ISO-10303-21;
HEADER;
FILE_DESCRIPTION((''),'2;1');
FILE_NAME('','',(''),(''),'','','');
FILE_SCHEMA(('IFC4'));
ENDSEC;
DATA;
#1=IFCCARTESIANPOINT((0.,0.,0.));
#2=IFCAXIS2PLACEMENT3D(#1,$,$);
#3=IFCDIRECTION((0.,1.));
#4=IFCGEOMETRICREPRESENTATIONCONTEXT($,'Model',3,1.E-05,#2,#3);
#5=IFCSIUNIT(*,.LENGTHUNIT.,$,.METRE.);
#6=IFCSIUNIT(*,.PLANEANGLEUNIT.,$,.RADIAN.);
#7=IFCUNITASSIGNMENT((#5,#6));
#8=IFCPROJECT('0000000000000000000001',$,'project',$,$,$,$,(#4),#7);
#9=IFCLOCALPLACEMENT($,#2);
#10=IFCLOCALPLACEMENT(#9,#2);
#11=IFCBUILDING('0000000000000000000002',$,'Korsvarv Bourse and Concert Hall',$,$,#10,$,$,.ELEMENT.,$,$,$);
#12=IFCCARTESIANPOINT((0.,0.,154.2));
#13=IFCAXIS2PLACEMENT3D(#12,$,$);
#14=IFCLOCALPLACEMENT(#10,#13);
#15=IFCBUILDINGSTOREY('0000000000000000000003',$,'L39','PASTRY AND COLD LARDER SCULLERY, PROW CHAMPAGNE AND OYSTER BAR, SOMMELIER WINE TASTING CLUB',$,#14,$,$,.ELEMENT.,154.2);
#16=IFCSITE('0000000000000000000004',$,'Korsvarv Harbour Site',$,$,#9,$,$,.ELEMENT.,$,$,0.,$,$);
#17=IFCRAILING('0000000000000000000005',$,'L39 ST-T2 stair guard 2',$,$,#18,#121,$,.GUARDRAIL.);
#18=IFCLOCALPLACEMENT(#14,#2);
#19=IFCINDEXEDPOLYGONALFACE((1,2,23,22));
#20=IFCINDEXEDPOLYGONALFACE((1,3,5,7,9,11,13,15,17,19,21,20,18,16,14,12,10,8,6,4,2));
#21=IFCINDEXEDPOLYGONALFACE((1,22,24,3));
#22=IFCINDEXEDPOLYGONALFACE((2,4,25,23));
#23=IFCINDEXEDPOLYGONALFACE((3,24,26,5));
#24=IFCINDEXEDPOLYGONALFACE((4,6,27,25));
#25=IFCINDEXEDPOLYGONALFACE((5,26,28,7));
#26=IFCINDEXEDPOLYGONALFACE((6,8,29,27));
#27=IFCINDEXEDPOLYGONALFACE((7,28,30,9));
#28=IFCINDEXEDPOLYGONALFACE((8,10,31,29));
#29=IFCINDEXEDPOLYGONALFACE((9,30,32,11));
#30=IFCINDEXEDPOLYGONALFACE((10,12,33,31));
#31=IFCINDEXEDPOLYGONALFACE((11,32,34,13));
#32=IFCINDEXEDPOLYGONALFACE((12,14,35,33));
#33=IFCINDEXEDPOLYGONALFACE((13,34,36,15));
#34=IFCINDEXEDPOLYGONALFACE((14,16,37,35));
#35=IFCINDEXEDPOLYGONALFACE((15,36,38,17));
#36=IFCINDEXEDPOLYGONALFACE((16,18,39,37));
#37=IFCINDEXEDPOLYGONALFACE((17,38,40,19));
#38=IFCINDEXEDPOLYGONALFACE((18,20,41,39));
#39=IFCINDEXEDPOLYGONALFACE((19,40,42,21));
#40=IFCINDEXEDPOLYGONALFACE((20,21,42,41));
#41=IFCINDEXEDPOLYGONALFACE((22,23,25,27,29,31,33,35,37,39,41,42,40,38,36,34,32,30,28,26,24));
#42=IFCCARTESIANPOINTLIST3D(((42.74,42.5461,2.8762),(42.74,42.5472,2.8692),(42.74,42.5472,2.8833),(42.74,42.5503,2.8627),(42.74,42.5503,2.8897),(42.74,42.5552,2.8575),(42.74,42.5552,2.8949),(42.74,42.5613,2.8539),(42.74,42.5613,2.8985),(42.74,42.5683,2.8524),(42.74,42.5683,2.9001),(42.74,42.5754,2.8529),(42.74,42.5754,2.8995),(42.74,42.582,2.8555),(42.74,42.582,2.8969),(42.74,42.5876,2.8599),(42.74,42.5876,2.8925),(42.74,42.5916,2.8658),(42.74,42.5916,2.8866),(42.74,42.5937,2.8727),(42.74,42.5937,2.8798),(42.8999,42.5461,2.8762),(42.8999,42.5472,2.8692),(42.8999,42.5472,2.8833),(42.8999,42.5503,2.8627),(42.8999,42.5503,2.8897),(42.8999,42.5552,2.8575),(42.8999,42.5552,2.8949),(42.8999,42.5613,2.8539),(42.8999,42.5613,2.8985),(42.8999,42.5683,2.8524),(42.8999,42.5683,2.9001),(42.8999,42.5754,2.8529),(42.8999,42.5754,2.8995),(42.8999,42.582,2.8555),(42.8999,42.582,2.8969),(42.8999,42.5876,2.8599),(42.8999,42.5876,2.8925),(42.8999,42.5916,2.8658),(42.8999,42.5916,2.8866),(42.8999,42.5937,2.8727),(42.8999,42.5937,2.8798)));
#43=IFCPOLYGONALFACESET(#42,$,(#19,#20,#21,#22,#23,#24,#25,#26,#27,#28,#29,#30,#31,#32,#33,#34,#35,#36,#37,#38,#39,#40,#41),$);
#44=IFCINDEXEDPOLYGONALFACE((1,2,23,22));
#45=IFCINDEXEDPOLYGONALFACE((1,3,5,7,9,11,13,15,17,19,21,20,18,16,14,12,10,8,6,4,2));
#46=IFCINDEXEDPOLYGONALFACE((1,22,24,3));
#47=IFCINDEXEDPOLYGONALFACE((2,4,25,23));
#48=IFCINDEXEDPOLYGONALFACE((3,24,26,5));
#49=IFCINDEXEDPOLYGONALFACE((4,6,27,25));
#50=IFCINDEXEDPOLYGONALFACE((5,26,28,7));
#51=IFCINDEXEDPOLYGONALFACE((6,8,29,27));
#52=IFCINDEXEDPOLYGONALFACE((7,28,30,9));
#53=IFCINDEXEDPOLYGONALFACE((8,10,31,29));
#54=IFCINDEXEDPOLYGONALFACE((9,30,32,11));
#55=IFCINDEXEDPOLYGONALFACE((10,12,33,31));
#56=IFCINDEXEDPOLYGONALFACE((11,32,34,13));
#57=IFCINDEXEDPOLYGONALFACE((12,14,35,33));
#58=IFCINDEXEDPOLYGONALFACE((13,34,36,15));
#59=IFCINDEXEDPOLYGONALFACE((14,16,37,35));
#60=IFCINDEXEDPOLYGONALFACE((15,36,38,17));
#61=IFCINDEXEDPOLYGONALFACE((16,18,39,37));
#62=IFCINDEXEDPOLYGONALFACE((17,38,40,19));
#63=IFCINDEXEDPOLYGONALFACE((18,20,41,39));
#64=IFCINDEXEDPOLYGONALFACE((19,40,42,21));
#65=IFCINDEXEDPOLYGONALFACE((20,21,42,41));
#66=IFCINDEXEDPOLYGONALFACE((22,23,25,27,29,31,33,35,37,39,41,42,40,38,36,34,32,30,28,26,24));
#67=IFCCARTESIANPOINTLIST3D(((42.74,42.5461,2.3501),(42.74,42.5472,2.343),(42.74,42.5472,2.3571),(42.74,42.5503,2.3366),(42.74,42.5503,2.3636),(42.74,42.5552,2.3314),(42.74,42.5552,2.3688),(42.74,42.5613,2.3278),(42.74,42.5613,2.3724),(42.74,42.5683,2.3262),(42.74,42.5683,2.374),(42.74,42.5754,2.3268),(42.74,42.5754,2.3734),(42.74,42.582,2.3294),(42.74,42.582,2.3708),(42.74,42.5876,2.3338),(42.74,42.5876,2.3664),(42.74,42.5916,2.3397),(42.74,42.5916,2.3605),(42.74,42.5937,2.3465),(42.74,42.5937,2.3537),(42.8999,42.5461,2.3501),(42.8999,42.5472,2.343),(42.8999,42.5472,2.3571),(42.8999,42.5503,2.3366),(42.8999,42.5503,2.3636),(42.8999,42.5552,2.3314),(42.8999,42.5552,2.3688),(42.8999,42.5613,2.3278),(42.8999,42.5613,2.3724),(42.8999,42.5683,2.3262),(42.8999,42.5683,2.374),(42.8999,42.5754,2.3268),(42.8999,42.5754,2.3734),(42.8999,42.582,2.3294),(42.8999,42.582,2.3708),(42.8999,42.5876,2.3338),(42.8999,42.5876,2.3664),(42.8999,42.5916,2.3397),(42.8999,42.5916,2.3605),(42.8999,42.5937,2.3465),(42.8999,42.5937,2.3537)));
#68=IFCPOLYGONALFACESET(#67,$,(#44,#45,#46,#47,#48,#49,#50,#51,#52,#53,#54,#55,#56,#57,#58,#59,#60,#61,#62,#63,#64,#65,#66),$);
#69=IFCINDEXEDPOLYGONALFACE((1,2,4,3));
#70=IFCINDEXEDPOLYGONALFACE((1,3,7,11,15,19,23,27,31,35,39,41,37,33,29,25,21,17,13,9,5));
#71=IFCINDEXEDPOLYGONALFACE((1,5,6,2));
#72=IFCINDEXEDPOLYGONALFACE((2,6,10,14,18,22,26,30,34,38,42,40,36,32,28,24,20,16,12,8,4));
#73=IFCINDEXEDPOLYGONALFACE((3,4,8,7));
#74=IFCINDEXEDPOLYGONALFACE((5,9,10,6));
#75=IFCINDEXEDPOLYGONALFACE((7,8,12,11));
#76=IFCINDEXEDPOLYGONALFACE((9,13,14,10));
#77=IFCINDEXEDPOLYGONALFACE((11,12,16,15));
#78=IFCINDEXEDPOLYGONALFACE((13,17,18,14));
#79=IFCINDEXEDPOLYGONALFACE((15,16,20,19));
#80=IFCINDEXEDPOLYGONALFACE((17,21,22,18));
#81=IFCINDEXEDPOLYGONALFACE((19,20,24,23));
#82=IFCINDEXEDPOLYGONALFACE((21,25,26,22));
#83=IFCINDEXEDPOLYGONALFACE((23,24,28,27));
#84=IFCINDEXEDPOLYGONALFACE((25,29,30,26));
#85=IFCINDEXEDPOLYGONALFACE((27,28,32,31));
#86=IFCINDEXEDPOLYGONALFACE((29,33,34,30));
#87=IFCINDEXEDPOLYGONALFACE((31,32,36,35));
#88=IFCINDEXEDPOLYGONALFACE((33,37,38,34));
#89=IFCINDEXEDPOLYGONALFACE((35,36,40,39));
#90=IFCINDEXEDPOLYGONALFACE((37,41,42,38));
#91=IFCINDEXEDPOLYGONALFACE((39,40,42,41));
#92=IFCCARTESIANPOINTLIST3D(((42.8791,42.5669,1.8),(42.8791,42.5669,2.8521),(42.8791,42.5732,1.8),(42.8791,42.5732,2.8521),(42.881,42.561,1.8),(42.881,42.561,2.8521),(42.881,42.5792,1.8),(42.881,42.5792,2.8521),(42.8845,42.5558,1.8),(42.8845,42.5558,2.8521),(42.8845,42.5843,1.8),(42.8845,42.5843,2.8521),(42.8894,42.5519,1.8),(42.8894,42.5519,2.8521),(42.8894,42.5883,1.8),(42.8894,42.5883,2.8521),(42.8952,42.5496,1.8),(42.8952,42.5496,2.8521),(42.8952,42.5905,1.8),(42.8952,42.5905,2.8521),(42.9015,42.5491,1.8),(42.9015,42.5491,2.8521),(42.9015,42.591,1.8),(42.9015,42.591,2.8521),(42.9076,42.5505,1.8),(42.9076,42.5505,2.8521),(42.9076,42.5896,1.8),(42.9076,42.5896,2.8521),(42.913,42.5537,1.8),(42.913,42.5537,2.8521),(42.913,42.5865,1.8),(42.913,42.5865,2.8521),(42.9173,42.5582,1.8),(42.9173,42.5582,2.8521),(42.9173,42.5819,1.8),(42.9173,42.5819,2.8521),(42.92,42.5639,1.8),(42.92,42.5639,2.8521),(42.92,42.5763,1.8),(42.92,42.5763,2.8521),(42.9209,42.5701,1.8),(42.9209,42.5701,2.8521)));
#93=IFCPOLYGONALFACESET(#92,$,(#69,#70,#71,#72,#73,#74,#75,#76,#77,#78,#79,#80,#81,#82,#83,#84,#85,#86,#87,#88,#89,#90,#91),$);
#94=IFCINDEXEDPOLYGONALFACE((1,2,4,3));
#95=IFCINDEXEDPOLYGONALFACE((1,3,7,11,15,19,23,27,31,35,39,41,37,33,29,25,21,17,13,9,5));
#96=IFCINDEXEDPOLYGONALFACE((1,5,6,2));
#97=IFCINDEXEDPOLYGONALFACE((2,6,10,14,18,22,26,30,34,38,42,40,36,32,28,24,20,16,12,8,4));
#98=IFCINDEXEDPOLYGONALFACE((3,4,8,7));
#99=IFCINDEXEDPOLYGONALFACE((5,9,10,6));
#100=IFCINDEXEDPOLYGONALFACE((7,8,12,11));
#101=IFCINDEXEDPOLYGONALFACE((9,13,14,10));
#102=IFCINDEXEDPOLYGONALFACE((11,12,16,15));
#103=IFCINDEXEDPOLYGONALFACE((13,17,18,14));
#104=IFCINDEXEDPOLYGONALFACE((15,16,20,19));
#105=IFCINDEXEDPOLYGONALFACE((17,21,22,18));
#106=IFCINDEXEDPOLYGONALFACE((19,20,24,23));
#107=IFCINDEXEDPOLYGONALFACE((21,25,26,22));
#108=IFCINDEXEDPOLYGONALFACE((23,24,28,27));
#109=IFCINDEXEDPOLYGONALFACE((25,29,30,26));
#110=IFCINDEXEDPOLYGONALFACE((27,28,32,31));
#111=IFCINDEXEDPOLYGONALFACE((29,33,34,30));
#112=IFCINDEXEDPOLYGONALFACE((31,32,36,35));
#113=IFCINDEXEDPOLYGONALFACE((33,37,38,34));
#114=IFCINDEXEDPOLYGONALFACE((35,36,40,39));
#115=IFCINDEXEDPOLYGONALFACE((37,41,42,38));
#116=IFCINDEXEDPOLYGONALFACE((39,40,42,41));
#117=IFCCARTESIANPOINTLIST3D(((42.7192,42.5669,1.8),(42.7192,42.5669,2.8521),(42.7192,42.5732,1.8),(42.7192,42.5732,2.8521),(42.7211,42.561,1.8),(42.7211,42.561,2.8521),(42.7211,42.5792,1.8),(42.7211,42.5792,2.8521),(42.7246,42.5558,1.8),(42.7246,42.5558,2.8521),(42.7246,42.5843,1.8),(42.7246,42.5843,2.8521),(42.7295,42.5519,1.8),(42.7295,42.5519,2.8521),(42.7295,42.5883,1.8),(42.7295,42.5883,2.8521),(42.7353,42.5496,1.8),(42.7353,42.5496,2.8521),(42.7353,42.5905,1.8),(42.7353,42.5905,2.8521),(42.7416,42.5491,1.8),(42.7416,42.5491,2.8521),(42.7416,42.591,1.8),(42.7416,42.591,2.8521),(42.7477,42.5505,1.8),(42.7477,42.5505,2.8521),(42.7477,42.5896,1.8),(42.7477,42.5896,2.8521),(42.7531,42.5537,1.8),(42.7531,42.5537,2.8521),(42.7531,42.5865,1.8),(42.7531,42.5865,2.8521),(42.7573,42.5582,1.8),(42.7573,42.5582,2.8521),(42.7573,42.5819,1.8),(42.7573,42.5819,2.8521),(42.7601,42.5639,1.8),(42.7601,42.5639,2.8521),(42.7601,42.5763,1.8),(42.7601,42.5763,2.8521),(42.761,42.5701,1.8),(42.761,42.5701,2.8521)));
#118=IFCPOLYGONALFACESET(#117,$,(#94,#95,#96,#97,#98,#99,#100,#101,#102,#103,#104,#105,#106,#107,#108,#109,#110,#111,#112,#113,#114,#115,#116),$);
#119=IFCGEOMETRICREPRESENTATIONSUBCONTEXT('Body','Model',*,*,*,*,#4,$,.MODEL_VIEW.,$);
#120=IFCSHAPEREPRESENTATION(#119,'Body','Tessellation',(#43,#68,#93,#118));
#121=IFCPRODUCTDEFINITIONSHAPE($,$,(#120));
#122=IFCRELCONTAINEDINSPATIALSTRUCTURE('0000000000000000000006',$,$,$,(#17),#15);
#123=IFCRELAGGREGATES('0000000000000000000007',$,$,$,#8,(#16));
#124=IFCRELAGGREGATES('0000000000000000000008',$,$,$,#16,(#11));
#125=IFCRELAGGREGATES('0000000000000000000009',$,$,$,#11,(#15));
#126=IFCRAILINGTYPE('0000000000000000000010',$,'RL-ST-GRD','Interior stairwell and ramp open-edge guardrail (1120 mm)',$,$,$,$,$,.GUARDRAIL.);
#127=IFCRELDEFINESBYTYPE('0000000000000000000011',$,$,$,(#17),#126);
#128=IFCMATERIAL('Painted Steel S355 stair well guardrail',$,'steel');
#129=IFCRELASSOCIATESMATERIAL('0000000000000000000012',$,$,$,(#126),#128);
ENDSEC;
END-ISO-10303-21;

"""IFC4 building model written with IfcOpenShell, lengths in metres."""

from ifc_helpers import new_model, si_unit, direction, frame, origin, origin_2d, place, context, subcontext, project, spatial, circle, extrude, material, type_object, element, save


model = new_model("IFC4")

# Units and contexts
model_context = context("Model", 3, precision=1e-05, world=origin(), true_north=direction((0.0, 1.0)))
body_context = subcontext(model_context, "Body", "Model", "MODEL_VIEW")
ifc_project = project(units=[si_unit("LENGTHUNIT", "METRE"), si_unit("PLANEANGLEUNIT", "RADIAN")], contexts=[model_context])

# Site, building, storey
site_placement = place(None, origin())
site = spatial("IfcSite", under=ifc_project, at=site_placement, Name="Korsvarv Harbour Site", CompositionType="ELEMENT", RefElevation=0.0)
building_placement = place(site_placement, origin())
building = spatial("IfcBuilding", under=site, at=building_placement, Name="Korsvarv Bourse and Concert Hall", CompositionType="ELEMENT")
storey_placement = place(building_placement, frame((0.0, 0.0, 154.2)))
storey = spatial("IfcBuildingStorey", under=building, at=storey_placement, Name="L39", Description="PASTRY AND COLD LARDER SCULLERY, PROW CHAMPAGNE AND OYSTER BAR, SOMMELIER WINE TASTING CLUB", CompositionType="ELEMENT", Elevation=154.2)

# Railing
ifc_material_1 = material(Name="Painted Steel S355 stair well guardrail", Category="steel")
railing_type_1 = type_object("IfcRailingType", Name="RL-ST-GRD", Description="Interior stairwell and ramp open-edge guardrail (1120 mm)", PredefinedType="GUARDRAIL", material=ifc_material_1)
railing_1_placement = place(storey_placement, frame((42.8999, 42.5701, 1.8)))
element("IfcRailing", 1, at=railing_1_placement, inside=storey, type_object=railing_type_1, Name="L39 ST-T2 stair guard 2", PredefinedType="GUARDRAIL", context=body_context, shape_type="SweptSolid", body=[
    extrude(circle(Radius=0.0239, at=origin_2d()), frame((0.0, 0.0, 1.0762), z_axis=(-1.0, 0.0, 0.0), x_axis=(0.0, -1.0, 0.0)), (0.0, 0.0, 1.0), 0.1599),
    extrude(circle(Radius=0.0239, at=origin_2d()), frame((0.0, 0.0, 0.55), z_axis=(-1.0, 0.0, 0.0), x_axis=(0.0, -1.0, 0.0)), (0.0, 0.0, 1.0), 0.1599),
    extrude(circle(Radius=0.021, at=origin_2d()), origin(), (0.0, 0.0, 1.0), 1.052),
    extrude(circle(Radius=0.021, at=origin_2d()), frame((-0.1599, 0.0, 0.0)), (0.0, 0.0, 1.0), 1.052),
])

save(model, "model.ifc")
